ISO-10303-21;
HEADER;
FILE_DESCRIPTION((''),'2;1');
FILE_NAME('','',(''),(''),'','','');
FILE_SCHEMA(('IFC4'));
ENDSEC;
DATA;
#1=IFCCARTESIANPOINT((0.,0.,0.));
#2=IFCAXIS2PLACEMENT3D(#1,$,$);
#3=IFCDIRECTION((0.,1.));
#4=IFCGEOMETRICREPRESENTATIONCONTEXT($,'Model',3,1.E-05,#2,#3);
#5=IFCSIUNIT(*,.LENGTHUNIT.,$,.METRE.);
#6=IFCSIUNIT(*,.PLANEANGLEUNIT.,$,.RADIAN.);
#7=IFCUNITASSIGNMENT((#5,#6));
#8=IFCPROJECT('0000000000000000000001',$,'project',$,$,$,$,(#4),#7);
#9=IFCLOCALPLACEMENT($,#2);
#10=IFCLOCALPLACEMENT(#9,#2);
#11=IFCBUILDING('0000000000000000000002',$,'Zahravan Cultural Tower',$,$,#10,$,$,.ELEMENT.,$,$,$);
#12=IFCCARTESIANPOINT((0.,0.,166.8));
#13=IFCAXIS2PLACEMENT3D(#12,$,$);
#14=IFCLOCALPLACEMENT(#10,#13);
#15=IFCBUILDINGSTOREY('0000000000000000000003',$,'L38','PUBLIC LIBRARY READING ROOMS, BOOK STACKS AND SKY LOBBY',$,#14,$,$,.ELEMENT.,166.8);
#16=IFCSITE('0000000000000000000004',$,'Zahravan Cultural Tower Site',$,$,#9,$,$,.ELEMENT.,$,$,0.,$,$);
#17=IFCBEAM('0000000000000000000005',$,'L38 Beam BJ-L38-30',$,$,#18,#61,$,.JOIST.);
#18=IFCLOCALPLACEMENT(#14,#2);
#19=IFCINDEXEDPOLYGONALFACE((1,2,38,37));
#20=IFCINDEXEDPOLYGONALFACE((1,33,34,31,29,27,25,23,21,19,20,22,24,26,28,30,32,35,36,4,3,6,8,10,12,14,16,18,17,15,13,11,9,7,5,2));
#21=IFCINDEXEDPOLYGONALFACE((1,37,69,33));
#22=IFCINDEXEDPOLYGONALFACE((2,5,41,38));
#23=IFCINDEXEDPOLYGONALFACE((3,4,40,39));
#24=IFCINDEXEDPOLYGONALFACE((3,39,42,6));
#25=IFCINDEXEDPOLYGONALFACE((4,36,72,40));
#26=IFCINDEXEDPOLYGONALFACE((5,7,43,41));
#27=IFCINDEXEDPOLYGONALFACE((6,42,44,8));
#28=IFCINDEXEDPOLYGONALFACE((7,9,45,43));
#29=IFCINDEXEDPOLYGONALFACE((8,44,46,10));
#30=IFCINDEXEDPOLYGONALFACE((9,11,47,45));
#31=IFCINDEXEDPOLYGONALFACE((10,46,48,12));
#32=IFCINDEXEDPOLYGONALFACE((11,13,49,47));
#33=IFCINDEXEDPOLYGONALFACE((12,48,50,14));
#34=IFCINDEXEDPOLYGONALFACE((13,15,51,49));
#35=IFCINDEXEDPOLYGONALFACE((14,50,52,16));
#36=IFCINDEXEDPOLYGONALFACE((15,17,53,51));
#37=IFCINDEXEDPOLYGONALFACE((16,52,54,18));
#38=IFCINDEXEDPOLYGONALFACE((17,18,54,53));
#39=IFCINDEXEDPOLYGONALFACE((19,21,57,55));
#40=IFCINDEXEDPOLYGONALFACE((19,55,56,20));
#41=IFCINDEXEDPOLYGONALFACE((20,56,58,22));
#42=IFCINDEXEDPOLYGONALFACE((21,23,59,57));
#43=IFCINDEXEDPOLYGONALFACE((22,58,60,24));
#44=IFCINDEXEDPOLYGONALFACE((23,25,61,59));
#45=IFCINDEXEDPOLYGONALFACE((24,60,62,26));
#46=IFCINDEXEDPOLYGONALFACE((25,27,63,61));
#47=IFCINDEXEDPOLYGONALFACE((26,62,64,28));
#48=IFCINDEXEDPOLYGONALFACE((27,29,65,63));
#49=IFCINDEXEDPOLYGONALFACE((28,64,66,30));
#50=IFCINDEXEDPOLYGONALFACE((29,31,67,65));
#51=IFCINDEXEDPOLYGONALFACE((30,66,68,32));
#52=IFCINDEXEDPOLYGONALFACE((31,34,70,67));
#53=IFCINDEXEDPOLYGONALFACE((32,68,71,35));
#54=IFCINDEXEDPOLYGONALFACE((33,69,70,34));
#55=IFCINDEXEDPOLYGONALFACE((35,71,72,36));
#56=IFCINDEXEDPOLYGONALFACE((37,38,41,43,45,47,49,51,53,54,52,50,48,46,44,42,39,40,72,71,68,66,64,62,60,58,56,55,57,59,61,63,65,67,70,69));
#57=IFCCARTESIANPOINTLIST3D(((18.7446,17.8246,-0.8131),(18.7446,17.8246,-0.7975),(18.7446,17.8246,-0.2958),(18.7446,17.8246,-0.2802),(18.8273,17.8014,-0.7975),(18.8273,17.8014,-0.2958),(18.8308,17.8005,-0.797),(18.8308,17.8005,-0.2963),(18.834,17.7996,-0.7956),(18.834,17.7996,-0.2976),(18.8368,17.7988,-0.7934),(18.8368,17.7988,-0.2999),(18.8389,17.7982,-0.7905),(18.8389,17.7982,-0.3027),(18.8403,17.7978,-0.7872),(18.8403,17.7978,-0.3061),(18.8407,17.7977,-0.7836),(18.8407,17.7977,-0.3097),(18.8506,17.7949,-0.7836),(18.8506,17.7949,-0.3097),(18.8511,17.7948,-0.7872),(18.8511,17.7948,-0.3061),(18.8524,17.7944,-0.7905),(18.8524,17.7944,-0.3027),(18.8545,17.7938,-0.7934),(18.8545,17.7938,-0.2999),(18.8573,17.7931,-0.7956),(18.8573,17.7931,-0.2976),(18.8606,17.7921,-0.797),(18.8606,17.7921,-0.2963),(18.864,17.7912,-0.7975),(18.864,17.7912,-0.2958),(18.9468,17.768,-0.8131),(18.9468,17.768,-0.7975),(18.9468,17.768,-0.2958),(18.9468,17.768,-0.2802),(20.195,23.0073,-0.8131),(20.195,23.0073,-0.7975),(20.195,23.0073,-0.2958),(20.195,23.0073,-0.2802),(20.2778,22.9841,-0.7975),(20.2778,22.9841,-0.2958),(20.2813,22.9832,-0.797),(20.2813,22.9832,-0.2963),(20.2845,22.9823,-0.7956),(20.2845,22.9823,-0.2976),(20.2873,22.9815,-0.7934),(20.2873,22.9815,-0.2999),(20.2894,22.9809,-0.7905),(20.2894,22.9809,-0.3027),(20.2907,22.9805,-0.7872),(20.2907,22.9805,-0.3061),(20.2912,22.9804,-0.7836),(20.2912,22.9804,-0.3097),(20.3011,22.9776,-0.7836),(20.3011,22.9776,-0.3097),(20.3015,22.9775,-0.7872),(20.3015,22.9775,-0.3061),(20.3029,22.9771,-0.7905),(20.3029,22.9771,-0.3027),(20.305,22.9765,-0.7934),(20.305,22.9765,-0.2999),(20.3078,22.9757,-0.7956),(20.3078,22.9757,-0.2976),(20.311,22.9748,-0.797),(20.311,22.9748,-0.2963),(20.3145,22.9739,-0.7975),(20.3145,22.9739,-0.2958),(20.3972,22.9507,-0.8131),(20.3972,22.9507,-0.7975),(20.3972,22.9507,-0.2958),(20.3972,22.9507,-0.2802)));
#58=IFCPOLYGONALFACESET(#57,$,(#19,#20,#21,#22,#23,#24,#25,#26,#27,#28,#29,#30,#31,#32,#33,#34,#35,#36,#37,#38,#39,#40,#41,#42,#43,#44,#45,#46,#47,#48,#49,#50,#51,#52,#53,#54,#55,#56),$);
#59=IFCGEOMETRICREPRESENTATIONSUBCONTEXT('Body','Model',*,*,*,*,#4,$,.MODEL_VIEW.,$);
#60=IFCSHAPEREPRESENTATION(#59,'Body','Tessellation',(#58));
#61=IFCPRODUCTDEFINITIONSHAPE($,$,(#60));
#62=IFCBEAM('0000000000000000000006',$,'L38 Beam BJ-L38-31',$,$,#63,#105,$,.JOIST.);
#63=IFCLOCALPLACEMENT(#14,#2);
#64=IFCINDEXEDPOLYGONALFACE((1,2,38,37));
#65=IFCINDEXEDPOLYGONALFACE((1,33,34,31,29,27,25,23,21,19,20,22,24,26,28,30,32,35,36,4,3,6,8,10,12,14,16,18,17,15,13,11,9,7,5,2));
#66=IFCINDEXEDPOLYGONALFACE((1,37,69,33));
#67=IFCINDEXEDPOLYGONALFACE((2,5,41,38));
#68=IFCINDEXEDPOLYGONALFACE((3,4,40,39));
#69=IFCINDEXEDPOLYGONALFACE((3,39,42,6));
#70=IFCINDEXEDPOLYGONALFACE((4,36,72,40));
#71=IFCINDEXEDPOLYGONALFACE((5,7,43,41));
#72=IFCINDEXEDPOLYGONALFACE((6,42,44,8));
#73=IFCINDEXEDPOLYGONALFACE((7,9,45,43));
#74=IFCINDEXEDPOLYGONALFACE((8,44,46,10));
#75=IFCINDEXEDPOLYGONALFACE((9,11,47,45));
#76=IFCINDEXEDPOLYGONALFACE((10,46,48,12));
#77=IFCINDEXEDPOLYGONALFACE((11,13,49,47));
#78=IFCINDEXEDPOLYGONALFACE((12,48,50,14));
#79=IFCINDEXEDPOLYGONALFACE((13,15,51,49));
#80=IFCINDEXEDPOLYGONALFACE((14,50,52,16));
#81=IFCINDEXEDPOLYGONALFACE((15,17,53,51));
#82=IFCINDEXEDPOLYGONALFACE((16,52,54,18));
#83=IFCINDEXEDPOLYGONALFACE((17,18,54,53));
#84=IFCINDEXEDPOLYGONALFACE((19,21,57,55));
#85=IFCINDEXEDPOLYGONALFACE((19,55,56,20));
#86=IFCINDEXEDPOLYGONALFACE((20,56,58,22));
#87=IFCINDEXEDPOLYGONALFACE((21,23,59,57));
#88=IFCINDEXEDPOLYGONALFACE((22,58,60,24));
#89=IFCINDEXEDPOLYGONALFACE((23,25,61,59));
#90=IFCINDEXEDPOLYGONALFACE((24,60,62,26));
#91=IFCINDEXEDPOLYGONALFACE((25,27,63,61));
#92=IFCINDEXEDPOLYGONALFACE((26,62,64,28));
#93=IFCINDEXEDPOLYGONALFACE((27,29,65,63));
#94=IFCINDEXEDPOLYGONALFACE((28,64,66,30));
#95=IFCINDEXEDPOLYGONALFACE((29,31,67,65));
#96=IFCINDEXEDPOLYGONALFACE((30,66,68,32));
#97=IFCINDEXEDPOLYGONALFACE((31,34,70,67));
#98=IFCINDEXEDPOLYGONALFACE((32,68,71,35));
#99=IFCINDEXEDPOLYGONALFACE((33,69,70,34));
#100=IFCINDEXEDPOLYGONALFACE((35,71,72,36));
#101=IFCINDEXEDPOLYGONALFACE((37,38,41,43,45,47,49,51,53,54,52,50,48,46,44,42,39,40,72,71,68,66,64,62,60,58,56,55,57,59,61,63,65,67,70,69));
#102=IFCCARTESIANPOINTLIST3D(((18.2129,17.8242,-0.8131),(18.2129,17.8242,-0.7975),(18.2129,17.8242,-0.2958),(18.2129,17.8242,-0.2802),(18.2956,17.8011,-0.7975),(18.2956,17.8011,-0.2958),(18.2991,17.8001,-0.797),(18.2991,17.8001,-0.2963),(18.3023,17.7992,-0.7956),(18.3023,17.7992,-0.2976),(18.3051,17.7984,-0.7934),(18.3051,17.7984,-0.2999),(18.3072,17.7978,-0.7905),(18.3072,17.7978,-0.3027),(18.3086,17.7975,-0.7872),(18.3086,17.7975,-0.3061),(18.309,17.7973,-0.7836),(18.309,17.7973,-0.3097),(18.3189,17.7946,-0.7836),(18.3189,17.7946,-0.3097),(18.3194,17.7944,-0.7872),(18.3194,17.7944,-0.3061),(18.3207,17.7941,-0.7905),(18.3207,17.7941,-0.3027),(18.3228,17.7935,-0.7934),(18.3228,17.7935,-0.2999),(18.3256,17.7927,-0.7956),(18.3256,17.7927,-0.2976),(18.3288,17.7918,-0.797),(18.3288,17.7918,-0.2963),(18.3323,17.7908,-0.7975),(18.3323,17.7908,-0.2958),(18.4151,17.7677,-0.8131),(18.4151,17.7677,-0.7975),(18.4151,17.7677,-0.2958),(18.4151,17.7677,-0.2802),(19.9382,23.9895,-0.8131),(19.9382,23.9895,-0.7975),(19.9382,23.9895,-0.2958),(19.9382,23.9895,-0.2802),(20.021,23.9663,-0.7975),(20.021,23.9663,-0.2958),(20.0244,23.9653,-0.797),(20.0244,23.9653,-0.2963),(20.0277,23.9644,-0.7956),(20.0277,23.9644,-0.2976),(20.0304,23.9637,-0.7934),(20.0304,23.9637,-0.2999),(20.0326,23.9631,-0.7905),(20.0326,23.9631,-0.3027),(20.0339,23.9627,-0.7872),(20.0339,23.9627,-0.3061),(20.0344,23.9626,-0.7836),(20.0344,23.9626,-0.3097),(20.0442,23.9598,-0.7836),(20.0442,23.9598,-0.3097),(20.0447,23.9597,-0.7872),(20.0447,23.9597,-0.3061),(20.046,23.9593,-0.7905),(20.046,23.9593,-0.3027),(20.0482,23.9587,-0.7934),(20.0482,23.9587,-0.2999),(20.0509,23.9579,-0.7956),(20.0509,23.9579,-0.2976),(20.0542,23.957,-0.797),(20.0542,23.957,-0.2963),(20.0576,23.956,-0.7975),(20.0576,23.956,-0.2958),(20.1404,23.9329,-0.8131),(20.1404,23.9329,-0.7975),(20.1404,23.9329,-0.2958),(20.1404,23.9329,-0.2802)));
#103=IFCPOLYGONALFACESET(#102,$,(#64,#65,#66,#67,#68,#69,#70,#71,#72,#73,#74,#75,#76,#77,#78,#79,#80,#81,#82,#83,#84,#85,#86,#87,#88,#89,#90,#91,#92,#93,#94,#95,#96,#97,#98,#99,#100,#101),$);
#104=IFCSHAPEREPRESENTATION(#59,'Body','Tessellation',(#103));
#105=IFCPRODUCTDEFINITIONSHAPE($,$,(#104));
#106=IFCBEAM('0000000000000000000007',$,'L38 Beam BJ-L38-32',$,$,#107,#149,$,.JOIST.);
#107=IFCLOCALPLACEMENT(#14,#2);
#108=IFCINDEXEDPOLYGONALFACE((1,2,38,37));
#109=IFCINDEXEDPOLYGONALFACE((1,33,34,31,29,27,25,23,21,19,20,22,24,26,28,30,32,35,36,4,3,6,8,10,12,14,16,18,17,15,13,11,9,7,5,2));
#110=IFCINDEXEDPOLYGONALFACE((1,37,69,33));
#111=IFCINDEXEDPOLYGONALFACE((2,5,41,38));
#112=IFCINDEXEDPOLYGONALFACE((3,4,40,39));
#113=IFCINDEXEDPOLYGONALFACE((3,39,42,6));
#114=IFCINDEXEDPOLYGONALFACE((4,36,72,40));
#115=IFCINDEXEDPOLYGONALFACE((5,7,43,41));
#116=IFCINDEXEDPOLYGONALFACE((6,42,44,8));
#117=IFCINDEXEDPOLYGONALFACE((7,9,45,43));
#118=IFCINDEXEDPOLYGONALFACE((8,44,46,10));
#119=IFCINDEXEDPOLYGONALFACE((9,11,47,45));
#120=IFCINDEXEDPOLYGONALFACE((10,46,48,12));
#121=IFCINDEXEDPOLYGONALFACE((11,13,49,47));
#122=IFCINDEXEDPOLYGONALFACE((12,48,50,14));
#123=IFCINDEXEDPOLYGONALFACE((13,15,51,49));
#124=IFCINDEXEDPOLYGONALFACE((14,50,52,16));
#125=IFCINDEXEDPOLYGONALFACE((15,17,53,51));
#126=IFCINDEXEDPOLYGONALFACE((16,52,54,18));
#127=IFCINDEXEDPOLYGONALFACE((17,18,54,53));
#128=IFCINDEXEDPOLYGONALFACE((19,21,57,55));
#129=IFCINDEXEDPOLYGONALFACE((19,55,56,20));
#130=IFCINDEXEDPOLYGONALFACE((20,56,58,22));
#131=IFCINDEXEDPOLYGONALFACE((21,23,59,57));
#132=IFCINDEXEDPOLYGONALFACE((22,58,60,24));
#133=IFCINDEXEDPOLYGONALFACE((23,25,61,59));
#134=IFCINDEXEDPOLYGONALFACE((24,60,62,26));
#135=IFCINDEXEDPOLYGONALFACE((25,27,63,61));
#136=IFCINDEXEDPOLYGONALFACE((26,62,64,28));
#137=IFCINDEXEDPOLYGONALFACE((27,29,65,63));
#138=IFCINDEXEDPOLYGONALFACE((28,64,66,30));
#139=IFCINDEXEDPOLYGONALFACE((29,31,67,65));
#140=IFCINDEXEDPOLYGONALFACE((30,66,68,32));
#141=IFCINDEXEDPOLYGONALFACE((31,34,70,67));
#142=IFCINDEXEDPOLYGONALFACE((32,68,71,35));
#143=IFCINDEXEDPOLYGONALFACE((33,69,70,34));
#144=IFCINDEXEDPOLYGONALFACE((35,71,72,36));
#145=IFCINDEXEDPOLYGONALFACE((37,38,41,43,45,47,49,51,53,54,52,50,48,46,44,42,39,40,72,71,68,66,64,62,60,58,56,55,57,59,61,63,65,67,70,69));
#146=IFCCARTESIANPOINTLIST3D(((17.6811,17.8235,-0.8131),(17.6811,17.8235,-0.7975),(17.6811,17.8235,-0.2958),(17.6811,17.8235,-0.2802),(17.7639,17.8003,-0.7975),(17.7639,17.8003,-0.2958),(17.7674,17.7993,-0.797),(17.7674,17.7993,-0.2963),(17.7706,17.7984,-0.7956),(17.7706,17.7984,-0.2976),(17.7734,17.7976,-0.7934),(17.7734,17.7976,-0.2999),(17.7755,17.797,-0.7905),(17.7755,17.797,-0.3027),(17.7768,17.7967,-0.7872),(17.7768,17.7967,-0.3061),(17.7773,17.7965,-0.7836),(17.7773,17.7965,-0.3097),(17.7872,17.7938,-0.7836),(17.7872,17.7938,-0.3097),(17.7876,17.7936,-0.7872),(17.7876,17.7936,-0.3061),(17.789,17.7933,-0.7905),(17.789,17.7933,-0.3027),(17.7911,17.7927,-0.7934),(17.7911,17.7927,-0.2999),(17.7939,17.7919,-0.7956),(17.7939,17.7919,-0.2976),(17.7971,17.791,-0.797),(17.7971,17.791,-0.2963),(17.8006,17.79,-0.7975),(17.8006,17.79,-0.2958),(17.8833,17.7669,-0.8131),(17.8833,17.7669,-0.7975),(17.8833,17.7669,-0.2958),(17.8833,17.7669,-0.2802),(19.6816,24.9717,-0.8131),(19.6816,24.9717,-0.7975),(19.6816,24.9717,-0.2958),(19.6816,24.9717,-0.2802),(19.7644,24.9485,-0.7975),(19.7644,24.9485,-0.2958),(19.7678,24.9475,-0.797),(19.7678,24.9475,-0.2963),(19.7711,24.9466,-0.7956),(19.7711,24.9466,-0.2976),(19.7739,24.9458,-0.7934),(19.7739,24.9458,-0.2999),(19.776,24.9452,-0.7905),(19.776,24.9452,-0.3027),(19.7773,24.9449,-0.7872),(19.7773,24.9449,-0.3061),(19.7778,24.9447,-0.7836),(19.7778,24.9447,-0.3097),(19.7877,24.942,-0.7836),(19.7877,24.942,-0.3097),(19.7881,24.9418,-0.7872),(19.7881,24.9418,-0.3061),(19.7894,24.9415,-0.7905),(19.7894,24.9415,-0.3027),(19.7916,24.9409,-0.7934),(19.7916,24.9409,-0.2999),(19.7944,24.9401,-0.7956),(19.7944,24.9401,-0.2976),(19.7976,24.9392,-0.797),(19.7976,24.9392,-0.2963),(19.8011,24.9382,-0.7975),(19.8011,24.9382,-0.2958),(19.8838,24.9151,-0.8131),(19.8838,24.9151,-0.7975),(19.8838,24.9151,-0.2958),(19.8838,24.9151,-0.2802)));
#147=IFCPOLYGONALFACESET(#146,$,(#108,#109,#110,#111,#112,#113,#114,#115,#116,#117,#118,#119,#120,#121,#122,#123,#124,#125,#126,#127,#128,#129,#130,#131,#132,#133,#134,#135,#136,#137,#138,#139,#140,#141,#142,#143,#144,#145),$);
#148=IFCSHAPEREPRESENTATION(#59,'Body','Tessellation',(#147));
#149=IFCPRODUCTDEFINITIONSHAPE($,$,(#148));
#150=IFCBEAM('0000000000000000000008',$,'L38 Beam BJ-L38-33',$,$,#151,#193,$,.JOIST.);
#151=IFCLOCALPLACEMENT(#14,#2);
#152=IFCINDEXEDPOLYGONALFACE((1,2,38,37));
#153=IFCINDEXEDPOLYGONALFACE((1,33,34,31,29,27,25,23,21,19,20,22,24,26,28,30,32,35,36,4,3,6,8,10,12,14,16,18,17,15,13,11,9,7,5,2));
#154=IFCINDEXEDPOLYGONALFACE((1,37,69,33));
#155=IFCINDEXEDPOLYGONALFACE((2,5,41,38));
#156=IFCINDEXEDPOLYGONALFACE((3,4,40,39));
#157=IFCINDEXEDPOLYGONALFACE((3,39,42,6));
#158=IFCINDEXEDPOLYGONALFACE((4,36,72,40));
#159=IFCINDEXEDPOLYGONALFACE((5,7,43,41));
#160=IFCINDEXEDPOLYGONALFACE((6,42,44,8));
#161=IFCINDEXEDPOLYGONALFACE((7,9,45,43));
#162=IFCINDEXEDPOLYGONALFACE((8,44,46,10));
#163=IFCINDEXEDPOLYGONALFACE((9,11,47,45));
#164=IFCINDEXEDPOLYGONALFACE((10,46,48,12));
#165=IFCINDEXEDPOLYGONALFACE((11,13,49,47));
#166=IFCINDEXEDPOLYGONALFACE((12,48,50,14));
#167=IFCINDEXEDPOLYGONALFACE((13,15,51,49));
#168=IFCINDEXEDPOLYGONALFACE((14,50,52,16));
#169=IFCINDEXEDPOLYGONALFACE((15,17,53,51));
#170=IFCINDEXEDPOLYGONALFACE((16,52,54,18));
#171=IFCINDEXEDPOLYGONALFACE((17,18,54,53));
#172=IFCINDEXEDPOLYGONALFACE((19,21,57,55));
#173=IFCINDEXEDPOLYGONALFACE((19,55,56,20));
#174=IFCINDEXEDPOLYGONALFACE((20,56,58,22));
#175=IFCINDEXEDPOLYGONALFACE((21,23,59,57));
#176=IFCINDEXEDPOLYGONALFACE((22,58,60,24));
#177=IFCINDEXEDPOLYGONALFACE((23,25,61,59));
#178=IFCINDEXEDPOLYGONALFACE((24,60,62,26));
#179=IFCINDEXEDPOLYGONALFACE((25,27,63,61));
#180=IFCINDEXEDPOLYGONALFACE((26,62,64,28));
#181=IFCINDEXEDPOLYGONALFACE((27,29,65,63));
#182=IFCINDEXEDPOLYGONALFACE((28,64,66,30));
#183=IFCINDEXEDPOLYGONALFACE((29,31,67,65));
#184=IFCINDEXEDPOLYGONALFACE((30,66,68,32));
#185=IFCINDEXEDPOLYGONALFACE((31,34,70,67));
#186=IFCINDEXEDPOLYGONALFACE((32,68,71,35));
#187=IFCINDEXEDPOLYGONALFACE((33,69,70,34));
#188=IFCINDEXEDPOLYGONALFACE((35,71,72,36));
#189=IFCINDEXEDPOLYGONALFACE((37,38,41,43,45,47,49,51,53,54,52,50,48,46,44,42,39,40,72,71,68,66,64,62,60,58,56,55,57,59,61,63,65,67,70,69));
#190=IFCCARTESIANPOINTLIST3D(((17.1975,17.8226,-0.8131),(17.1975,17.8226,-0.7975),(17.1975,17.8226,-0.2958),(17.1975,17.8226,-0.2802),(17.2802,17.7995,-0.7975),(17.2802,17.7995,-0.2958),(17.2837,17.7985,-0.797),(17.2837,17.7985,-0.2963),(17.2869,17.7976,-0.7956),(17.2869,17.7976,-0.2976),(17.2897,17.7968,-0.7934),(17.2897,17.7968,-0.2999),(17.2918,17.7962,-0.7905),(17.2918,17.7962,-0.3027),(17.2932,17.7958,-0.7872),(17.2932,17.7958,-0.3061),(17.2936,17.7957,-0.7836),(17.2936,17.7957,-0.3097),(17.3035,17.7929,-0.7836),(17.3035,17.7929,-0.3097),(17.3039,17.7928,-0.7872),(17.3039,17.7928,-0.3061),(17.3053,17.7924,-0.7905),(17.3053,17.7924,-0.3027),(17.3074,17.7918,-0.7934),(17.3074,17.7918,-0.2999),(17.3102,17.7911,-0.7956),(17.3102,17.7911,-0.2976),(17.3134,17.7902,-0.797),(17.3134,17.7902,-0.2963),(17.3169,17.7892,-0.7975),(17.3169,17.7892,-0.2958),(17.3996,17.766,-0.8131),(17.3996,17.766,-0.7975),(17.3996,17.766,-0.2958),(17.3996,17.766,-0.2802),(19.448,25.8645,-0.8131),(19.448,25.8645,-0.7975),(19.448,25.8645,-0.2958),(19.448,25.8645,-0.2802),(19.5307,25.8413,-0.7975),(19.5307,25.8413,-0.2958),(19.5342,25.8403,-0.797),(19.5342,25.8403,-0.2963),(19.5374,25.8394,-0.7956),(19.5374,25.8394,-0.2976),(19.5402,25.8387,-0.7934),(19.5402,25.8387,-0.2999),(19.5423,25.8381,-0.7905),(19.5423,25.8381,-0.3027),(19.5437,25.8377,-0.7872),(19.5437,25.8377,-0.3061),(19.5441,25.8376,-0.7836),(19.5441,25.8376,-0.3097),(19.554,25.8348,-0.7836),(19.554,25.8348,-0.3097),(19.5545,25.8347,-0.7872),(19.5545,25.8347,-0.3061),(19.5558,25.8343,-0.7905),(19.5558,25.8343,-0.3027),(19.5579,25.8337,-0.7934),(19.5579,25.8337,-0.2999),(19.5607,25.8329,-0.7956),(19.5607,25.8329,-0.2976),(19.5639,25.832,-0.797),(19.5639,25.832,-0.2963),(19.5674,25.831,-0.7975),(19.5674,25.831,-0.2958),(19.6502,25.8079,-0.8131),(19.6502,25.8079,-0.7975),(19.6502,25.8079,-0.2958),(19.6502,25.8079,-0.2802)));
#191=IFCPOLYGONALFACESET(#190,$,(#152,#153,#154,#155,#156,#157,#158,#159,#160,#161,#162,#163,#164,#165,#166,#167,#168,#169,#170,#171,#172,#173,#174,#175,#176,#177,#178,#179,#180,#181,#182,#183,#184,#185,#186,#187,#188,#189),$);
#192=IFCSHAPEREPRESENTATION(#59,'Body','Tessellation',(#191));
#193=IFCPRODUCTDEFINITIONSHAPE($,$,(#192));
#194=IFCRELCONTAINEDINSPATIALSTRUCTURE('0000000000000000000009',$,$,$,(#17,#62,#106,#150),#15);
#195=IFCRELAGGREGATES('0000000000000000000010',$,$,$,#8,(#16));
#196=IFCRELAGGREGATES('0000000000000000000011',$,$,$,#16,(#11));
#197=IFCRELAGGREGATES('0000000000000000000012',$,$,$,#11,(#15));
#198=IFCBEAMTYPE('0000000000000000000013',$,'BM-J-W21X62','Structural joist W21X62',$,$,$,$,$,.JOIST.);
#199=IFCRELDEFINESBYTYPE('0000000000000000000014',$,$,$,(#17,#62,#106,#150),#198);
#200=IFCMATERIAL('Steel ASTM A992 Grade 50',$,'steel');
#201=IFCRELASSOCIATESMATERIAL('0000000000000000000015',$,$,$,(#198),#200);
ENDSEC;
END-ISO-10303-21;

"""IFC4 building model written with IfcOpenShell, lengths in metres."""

from ifc_helpers import new_model, si_unit, direction, frame, origin, origin_2d, place, context, subcontext, project, spatial, i_section, extrude, source, transform, mapped, material, material_profile, profile_set, type_object, element, save


model = new_model("IFC4")

# Units and contexts
model_context = context("Model", 3, precision=1e-05, world=origin(), true_north=direction((0.0, 1.0)))
body_context = subcontext(model_context, "Body", "Model", "MODEL_VIEW")
ifc_project = project(units=[si_unit("LENGTHUNIT", "METRE"), si_unit("PLANEANGLEUNIT", "RADIAN")], contexts=[model_context])

# Site, building, storey
site_placement = place(None, origin())
site = spatial("IfcSite", under=ifc_project, at=site_placement, Name="Zahravan Cultural Tower Site", CompositionType="ELEMENT", RefElevation=0.0)
building_placement = place(site_placement, origin())
building = spatial("IfcBuilding", under=site, at=building_placement, Name="Zahravan Cultural Tower", CompositionType="ELEMENT")
storey_placement = place(building_placement, frame((0.0, 0.0, 166.8)))
storey = spatial("IfcBuildingStorey", under=building, at=storey_placement, Name="L38", Description="PUBLIC LIBRARY READING ROOMS, BOOK STACKS AND SKY LOBBY", CompositionType="ELEMENT", Elevation=166.8)

# Shared definitions
ifc_material_1 = material(Name="Steel ASTM A992 Grade 50", Category="steel")

# Beams
ifc_material_profile_1 = material_profile(ifc_material_1, i_section(OverallWidth=0.21, OverallDepth=0.533, WebThickness=0.0103, FlangeThickness=0.0156, FilletRadius=0.0139, at=origin_2d()), Name="W21X62")
ifc_profile_set_1 = profile_set([ifc_material_profile_1], Name="Steel ASTM A992 Grade 50")
beam_type_1 = type_object("IfcBeamType", Name="BM-J-W21X62", Description="Structural joist W21X62", PredefinedType="JOIST", material=ifc_profile_set_1)
shared_shape_1 = source(origin(), body_context, "Body", "SweptSolid", [
    extrude(i_section(OverallWidth=0.21, OverallDepth=0.533, WebThickness=0.0103, FlangeThickness=0.0156, FilletRadius=0.0139, at=origin_2d()), origin(), (0.0, 0.0, 1.0), 5.3818),
])
beam_1_placement = place(storey_placement, frame((20.2961, 22.979, -0.5466), z_axis=(-0.26951, -0.962997, 0.0), x_axis=(0.962997, -0.26951, 0.0)))
element("IfcBeam", 1, at=beam_1_placement, inside=storey, type_object=beam_type_1, Name="L38 Beam BJ-L38-30", PredefinedType="JOIST", context=body_context, shape_type="MappedRepresentation", body=[
    mapped(shared_shape_1, transform((0.0, 0.0, 0.0), x_axis=(1.0, 0.0, 0.0), y_axis=(0.0, 1.0, 0.0), z_axis=(0.0, 0.0, 1.0), scale=1.0)),
])
shared_shape_2 = source(origin(), body_context, "Body", "SweptSolid", [
    extrude(i_section(OverallWidth=0.21, OverallDepth=0.533, WebThickness=0.0103, FlangeThickness=0.0156, FilletRadius=0.0139, at=origin_2d()), origin(), (0.0, 0.0, 1.0), 6.4021),
])
beam_2_placement = place(storey_placement, frame((20.0393, 23.9612, -0.5466), z_axis=(-0.269494, -0.963002, 0.0), x_axis=(0.963002, -0.269494, 0.0)))
element("IfcBeam", 2, at=beam_2_placement, inside=storey, type_object=beam_type_1, Name="L38 Beam BJ-L38-31", PredefinedType="JOIST", context=body_context, shape_type="MappedRepresentation", body=[
    mapped(shared_shape_2, transform((0.0, 0.0, 0.0), x_axis=(1.0, 0.0, 0.0), y_axis=(0.0, 1.0, 0.0), z_axis=(0.0, 0.0, 1.0), scale=1.0)),
])
shared_shape_3 = source(origin(), body_context, "Body", "SweptSolid", [
    extrude(i_section(OverallWidth=0.21, OverallDepth=0.533, WebThickness=0.0103, FlangeThickness=0.0156, FilletRadius=0.0139, at=origin_2d()), origin(), (0.0, 0.0, 1.0), 7.4229),
])
beam_3_placement = place(storey_placement, frame((19.7827, 24.9434, -0.5466), z_axis=(-0.269504, -0.962999, 0.0), x_axis=(0.962999, -0.269504, 0.0)))
element("IfcBeam", 3, at=beam_3_placement, inside=storey, type_object=beam_type_1, Name="L38 Beam BJ-L38-32", PredefinedType="JOIST", context=body_context, shape_type="MappedRepresentation", body=[
    mapped(shared_shape_3, transform((0.0, 0.0, 0.0), x_axis=(1.0, 0.0, 0.0), y_axis=(0.0, 1.0, 0.0), z_axis=(0.0, 0.0, 1.0), scale=1.0)),
])
shared_shape_4 = source(origin(), body_context, "Body", "SweptSolid", [
    extrude(i_section(OverallWidth=0.21, OverallDepth=0.533, WebThickness=0.0103, FlangeThickness=0.0156, FilletRadius=0.0139, at=origin_2d()), origin(), (0.0, 0.0, 1.0), 8.3508),
])
beam_4_placement = place(storey_placement, frame((19.5491, 25.8362, -0.5466), z_axis=(-0.269497, -0.963001, 0.0), x_axis=(0.963001, -0.269497, 0.0)))
element("IfcBeam", 4, at=beam_4_placement, inside=storey, type_object=beam_type_1, Name="L38 Beam BJ-L38-33", PredefinedType="JOIST", context=body_context, shape_type="MappedRepresentation", body=[
    mapped(shared_shape_4, transform((0.0, 0.0, 0.0), x_axis=(1.0, 0.0, 0.0), y_axis=(0.0, 1.0, 0.0), z_axis=(0.0, 0.0, 1.0), scale=1.0)),
])

save(model, "model.ifc")
